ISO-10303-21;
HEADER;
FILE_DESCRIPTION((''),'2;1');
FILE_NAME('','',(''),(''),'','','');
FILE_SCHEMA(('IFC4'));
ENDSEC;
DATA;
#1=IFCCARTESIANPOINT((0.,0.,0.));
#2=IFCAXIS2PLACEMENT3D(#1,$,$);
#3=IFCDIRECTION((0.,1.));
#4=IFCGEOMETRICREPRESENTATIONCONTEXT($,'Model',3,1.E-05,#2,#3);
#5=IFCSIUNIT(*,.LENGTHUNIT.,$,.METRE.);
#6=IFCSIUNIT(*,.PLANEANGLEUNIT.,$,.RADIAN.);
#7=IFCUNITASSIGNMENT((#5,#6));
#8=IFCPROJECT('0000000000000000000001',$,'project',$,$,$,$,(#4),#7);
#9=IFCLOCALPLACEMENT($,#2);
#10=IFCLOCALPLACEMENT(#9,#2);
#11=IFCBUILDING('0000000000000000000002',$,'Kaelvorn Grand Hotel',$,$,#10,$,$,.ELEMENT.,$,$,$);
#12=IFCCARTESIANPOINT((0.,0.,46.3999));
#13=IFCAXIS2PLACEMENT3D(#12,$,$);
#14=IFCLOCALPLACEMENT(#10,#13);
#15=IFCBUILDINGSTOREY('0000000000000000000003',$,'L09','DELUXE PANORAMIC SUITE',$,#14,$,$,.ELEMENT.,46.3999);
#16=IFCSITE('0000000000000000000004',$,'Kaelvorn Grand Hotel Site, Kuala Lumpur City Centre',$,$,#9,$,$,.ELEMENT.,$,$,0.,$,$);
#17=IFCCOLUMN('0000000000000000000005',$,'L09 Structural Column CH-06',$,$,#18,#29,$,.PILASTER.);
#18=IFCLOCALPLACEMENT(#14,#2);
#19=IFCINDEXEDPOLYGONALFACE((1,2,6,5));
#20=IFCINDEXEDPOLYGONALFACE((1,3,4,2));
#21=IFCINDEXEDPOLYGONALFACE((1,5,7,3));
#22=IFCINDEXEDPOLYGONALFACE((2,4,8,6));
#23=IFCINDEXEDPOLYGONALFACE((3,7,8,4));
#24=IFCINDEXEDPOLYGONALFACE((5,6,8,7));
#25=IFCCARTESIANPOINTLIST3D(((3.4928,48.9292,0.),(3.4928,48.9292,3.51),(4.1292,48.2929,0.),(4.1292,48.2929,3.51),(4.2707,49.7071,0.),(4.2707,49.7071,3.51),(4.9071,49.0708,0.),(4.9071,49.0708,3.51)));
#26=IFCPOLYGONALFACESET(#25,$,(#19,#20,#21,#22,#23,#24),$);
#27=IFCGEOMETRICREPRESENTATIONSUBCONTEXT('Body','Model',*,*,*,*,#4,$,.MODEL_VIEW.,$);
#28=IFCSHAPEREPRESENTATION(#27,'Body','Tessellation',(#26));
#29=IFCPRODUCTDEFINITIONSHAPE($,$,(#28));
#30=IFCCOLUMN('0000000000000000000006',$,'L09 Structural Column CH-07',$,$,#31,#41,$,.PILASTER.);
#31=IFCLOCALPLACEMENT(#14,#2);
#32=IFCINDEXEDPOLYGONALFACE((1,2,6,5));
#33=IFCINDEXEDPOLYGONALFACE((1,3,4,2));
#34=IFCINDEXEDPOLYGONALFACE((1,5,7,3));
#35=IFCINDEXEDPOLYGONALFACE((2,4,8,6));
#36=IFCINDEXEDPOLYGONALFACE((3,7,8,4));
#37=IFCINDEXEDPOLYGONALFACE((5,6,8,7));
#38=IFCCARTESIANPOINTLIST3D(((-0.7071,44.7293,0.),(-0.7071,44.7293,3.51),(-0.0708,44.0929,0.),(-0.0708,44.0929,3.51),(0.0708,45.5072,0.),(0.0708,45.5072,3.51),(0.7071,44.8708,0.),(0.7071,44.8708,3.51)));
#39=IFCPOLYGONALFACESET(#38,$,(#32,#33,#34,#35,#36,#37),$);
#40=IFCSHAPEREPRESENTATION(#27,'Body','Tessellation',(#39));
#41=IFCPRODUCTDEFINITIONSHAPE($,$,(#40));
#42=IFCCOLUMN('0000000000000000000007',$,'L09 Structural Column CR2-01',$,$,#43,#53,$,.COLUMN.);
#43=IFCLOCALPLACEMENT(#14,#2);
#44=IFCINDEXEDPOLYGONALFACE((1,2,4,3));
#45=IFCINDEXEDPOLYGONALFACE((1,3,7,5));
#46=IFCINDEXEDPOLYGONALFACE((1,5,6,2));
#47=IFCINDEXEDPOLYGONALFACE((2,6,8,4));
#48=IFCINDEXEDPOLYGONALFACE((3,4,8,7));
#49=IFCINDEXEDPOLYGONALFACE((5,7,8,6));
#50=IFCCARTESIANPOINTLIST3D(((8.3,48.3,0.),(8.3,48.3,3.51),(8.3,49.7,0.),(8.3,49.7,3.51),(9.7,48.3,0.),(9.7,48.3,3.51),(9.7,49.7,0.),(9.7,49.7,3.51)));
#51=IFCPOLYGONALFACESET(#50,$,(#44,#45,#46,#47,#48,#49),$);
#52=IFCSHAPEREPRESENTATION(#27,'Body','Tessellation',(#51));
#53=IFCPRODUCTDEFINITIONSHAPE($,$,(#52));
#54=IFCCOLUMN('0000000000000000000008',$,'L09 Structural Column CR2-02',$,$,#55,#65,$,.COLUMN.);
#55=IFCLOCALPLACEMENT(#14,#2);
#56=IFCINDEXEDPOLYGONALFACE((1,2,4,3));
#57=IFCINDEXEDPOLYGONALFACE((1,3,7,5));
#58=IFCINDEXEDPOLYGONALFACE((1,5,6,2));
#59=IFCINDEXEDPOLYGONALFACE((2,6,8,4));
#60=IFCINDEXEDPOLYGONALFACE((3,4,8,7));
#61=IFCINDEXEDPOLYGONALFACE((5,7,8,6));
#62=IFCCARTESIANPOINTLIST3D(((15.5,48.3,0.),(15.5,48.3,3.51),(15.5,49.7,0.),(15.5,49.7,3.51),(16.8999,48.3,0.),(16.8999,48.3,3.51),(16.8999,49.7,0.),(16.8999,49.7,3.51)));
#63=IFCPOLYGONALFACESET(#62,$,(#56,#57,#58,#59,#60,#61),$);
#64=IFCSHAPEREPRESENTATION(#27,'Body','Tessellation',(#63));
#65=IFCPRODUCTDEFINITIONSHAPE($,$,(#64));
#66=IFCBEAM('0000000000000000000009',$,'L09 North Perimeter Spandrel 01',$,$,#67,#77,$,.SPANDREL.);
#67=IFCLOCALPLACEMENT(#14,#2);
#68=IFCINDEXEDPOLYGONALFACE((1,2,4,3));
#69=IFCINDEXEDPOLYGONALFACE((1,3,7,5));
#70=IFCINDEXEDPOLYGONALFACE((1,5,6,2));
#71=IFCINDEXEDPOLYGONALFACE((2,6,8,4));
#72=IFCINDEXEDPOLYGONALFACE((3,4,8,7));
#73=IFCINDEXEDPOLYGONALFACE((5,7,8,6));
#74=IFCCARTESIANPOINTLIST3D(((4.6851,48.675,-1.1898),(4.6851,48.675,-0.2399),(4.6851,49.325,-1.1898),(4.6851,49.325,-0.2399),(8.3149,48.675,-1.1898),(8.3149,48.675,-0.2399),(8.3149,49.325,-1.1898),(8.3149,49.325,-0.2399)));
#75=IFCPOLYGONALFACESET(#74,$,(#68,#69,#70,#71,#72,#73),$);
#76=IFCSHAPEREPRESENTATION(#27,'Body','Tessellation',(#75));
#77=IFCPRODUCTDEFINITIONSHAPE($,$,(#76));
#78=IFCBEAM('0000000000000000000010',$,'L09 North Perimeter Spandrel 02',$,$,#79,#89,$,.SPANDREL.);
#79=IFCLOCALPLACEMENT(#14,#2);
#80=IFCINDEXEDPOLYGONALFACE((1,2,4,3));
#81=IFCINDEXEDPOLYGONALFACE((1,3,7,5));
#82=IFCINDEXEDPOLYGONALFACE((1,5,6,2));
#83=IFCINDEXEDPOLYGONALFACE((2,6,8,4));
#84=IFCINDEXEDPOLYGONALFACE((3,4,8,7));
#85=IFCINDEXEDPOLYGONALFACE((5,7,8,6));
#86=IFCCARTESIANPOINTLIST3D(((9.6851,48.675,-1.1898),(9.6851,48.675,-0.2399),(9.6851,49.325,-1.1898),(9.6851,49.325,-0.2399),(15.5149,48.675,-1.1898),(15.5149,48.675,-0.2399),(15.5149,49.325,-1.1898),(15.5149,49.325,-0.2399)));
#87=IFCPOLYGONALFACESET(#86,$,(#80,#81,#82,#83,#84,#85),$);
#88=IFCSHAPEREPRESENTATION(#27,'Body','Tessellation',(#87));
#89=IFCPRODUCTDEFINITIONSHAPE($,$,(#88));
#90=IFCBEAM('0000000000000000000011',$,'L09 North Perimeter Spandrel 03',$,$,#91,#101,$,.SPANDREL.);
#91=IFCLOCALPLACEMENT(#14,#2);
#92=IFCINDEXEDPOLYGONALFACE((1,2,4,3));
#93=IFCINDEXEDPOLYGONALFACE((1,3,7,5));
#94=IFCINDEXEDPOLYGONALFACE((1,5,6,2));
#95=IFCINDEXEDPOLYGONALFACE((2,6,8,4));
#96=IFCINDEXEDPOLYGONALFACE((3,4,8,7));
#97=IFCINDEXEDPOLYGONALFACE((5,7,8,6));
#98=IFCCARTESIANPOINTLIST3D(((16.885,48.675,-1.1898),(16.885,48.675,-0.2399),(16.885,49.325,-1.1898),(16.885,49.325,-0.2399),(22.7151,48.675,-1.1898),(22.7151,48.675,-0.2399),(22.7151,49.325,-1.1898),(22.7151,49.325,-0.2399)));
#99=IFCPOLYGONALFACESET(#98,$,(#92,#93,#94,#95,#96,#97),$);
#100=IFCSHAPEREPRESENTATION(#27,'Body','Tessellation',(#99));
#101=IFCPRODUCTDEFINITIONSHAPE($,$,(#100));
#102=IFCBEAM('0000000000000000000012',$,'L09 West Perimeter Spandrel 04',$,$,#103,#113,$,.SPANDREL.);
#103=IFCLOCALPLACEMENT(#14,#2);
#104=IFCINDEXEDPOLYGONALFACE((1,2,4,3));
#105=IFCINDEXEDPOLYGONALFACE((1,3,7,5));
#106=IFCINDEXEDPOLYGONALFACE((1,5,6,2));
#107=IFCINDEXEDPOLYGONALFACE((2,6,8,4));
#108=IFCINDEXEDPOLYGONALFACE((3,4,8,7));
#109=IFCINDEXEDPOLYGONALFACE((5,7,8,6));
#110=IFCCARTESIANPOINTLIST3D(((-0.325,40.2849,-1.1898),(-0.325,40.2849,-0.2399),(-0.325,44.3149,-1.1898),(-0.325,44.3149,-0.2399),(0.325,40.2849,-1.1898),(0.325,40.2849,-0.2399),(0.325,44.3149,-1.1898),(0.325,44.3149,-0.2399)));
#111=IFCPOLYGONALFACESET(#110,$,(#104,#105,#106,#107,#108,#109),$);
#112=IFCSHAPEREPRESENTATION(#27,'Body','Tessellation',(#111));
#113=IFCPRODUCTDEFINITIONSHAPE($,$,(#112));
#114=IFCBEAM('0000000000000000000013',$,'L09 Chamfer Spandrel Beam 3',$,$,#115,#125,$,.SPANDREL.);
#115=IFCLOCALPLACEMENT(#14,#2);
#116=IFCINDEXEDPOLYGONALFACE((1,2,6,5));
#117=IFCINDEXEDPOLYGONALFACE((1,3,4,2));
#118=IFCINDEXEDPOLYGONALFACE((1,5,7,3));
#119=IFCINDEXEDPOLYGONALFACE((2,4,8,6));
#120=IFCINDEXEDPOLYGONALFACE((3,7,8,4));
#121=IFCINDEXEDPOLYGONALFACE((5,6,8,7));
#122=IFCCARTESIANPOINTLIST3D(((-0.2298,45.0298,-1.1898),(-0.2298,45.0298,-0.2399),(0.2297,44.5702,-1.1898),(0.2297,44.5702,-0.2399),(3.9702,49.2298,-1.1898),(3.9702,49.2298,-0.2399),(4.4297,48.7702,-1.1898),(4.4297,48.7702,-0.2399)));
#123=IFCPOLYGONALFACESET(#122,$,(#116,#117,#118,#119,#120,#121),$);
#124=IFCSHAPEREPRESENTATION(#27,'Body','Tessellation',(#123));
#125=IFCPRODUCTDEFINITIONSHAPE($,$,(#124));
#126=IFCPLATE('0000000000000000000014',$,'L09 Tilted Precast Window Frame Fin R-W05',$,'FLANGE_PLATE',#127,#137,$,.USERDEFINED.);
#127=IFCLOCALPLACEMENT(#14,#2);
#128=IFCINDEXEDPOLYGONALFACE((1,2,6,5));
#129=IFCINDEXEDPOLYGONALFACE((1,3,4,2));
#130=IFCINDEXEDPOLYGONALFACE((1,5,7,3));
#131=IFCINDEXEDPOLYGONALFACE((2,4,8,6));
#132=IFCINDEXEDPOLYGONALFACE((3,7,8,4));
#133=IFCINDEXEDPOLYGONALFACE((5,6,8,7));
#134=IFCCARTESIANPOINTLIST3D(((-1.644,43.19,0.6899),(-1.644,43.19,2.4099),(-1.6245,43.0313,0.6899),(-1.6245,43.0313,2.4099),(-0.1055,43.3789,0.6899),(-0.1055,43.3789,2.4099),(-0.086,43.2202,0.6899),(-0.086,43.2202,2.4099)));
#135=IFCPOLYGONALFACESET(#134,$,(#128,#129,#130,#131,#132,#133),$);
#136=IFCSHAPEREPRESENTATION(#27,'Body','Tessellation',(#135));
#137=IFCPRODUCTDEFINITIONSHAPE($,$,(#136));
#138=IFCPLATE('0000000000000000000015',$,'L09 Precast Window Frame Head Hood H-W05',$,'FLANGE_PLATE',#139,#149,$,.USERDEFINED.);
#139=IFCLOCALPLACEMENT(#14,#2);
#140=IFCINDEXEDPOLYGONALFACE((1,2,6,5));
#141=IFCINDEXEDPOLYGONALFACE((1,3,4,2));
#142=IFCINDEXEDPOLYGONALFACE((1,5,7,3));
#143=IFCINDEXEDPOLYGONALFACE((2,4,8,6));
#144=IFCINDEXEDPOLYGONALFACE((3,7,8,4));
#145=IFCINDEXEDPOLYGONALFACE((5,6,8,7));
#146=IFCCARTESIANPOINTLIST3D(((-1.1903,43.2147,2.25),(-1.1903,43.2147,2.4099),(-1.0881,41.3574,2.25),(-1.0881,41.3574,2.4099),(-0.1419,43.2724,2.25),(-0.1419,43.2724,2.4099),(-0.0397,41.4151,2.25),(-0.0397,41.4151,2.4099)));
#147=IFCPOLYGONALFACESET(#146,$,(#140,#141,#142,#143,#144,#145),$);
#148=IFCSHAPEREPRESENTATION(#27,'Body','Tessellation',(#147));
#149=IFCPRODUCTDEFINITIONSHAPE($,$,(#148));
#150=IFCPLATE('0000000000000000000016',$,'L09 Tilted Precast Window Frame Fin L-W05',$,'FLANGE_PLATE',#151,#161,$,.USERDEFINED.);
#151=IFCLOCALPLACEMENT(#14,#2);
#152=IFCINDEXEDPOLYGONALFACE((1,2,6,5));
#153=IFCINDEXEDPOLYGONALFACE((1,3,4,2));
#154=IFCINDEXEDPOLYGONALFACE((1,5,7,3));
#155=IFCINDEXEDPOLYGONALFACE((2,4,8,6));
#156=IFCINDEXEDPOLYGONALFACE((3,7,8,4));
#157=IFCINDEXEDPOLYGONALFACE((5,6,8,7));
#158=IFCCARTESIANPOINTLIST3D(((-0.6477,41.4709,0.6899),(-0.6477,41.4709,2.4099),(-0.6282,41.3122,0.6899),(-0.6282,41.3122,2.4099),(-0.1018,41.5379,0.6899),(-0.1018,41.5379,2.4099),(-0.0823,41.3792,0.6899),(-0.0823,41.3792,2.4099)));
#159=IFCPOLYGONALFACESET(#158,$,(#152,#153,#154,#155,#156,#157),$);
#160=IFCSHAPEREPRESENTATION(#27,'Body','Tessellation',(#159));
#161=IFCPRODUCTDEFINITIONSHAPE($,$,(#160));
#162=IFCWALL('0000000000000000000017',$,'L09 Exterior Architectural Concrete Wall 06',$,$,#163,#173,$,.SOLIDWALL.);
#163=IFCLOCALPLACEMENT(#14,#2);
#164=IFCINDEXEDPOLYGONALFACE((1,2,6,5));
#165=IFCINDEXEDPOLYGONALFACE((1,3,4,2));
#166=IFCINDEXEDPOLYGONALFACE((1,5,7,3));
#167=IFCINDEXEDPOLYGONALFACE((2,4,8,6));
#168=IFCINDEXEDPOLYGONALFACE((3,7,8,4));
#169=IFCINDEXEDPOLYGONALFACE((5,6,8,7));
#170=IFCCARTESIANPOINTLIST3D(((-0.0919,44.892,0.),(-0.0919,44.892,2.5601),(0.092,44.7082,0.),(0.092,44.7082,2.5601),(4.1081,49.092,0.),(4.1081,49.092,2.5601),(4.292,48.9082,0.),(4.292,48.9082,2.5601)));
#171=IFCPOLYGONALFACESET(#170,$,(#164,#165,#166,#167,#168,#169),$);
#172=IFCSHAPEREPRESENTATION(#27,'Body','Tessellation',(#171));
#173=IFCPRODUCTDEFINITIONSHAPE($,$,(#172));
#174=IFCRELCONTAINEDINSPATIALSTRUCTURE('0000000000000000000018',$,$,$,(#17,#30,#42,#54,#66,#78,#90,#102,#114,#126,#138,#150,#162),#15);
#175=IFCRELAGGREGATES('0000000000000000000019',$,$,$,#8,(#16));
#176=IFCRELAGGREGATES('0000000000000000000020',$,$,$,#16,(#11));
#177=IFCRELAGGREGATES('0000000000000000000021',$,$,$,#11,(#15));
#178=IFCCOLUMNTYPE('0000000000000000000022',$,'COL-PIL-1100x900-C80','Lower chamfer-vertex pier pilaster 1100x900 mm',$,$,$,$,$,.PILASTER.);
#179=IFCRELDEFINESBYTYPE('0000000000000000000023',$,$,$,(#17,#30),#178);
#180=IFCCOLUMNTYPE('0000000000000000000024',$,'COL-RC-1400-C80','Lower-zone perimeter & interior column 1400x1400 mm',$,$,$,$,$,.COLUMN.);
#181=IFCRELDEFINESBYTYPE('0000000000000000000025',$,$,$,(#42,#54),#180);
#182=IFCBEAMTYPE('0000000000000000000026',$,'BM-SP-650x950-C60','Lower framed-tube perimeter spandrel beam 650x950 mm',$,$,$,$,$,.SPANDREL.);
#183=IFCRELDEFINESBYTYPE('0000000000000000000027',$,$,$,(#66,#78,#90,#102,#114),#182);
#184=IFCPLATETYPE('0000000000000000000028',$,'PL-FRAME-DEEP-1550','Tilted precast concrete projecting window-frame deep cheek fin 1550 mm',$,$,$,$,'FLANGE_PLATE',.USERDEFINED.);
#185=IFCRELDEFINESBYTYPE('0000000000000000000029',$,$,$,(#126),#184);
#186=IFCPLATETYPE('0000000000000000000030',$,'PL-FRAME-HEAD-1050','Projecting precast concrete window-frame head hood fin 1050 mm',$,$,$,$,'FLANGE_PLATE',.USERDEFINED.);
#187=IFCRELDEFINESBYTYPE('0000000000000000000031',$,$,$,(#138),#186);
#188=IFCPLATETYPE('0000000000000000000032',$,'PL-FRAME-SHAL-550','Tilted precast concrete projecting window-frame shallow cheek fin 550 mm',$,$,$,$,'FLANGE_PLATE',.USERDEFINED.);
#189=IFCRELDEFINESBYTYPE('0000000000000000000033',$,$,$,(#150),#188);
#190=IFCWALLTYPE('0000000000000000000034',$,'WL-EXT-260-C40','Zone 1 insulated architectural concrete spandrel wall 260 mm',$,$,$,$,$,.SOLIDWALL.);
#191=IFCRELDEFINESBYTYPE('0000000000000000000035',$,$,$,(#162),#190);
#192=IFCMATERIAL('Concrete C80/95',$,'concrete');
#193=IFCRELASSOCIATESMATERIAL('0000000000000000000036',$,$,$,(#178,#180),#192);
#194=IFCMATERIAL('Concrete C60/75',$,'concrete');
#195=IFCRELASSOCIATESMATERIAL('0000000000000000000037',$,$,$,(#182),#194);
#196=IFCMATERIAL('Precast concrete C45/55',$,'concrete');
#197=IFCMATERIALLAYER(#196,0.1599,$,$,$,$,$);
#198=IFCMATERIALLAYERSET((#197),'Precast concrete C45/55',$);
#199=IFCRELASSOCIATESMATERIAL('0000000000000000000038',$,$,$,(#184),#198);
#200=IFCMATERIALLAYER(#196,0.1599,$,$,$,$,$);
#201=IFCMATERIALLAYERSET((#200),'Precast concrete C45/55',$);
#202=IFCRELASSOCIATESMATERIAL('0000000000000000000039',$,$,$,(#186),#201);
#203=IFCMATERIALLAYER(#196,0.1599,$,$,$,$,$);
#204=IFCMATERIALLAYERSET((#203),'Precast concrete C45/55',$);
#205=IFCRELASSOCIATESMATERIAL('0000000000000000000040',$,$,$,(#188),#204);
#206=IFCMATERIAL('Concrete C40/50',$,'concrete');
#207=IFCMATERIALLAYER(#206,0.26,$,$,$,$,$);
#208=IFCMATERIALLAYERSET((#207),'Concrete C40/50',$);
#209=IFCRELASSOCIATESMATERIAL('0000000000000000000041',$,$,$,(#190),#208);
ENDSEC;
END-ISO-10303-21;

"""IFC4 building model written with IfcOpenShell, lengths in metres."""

from ifc_helpers import new_model, si_unit, direction, frame, frame_2d, origin, origin_2d, place, context, subcontext, project, spatial, rectangle, extrude, material, layer, layer_set, material_profile, profile_set, type_object, element, save


model = new_model("IFC4")

# Units and contexts
model_context = context("Model", 3, precision=1e-05, world=origin(), true_north=direction((0.0, 1.0)))
body_context = subcontext(model_context, "Body", "Model", "MODEL_VIEW")
ifc_project = project(units=[si_unit("LENGTHUNIT", "METRE"), si_unit("PLANEANGLEUNIT", "RADIAN")], contexts=[model_context])

# Site, building, storey
site_placement = place(None, origin())
site = spatial("IfcSite", under=ifc_project, at=site_placement, Name="Kaelvorn Grand Hotel Site, Kuala Lumpur City Centre", CompositionType="ELEMENT", RefElevation=0.0)
building_placement = place(site_placement, origin())
building = spatial("IfcBuilding", under=site, at=building_placement, Name="Kaelvorn Grand Hotel", CompositionType="ELEMENT")
storey_placement = place(building_placement, frame((0.0, 0.0, 46.3999)))
storey = spatial("IfcBuildingStorey", under=building, at=storey_placement, Name="L09", Description="DELUXE PANORAMIC SUITE", CompositionType="ELEMENT", Elevation=46.3999)

# Columns
ifc_material_1 = material(Name="Concrete C80/95", Category="concrete")
ifc_material_profile_1 = material_profile(ifc_material_1, rectangle(XDim=1.1001, YDim=0.8999, at=origin_2d()), Name="RC PILASTER 1100x900")
ifc_profile_set_1 = profile_set([ifc_material_profile_1], Name="Concrete C80/95")
column_type_1 = type_object("IfcColumnType", Name="COL-PIL-1100x900-C80", Description="Lower chamfer-vertex pier pilaster 1100x900 mm", PredefinedType="PILASTER", material=ifc_profile_set_1)
for number, where, z_axis, x_axis, name in (
    (1, (4.2, 49.0, 0.0), (0.0, 0.0, 1.0), (0.707107, 0.707107, 0.0), "L09 Structural Column CH-06"),
    (2, (0.0, 44.8, 0.0), (0.0, 0.0, 1.0), (0.707107, 0.707107, 0.0), "L09 Structural Column CH-07"),
):
    element("IfcColumn", number, at=place(storey_placement, frame(where, z_axis=z_axis, x_axis=x_axis)), inside=storey, type_object=column_type_1, Name=name, PredefinedType="PILASTER", context=body_context, shape_type="SweptSolid", body=[
        extrude(rectangle(XDim=1.1001, YDim=0.8999, at=origin_2d()), origin(), (0.0, 0.0, 1.0), 3.51),
    ])
ifc_material_profile_2 = material_profile(ifc_material_1, rectangle(XDim=1.3999, YDim=1.3999, at=origin_2d()), Name="RC COL 1400x1400")
ifc_profile_set_2 = profile_set([ifc_material_profile_2], Name="Concrete C80/95")
column_type_2 = type_object("IfcColumnType", Name="COL-RC-1400-C80", Description="Lower-zone perimeter & interior column 1400x1400 mm", PredefinedType="COLUMN", material=ifc_profile_set_2)
for number, where, z_axis, x_axis, name in (
    (3, (9.0, 49.0, 0.0), (0.0, 0.0, 1.0), (1.0, 0.0, 0.0), "L09 Structural Column CR2-01"),
    (4, (16.2, 49.0, 0.0), (0.0, 0.0, 1.0), (1.0, 0.0, 0.0), "L09 Structural Column CR2-02"),
):
    element("IfcColumn", number, at=place(storey_placement, frame(where, z_axis=z_axis, x_axis=x_axis)), inside=storey, type_object=column_type_2, Name=name, PredefinedType="COLUMN", context=body_context, shape_type="SweptSolid", body=[
        extrude(rectangle(XDim=1.3999, YDim=1.3999, at=origin_2d()), origin(), (0.0, 0.0, 1.0), 3.51),
    ])

# Beams
ifc_material_2 = material(Name="Concrete C60/75", Category="concrete")
ifc_material_profile_3 = material_profile(ifc_material_2, rectangle(XDim=0.6499, YDim=0.95, at=origin_2d()), Name="RC SPANDREL 650x950")
ifc_profile_set_3 = profile_set([ifc_material_profile_3], Name="Concrete C60/75")
beam_type = type_object("IfcBeamType", Name="BM-SP-650x950-C60", Description="Lower framed-tube perimeter spandrel beam 650x950 mm", PredefinedType="SPANDREL", material=ifc_profile_set_3)
beam_1_placement = place(storey_placement, frame((4.6851, 49.0, -0.7148), z_axis=(1.0, 0.0, 0.0), x_axis=(0.0, 1.0, 0.0)))
element("IfcBeam", 5, at=beam_1_placement, inside=storey, type_object=beam_type, Name="L09 North Perimeter Spandrel 01", PredefinedType="SPANDREL", context=body_context, shape_type="SweptSolid", body=[
    extrude(rectangle(XDim=0.6499, YDim=0.95, at=origin_2d()), origin(), (0.0, 0.0, 1.0), 3.6299),
])
beam_2_placement = place(storey_placement, frame((9.6851, 49.0, -0.7148), z_axis=(1.0, 0.0, 0.0), x_axis=(0.0, 1.0, 0.0)))
element("IfcBeam", 6, at=beam_2_placement, inside=storey, type_object=beam_type, Name="L09 North Perimeter Spandrel 02", PredefinedType="SPANDREL", context=body_context, shape_type="SweptSolid", body=[
    extrude(rectangle(XDim=0.6499, YDim=0.95, at=origin_2d()), origin(), (0.0, 0.0, 1.0), 5.8298),
])
beam_3_placement = place(storey_placement, frame((16.885, 49.0, -0.7148), z_axis=(1.0, 0.0, 0.0), x_axis=(0.0, 1.0, 0.0)))
element("IfcBeam", 7, at=beam_3_placement, inside=storey, type_object=beam_type, Name="L09 North Perimeter Spandrel 03", PredefinedType="SPANDREL", context=body_context, shape_type="SweptSolid", body=[
    extrude(rectangle(XDim=0.6499, YDim=0.95, at=origin_2d()), origin(), (0.0, 0.0, 1.0), 5.8301),
])
beam_4_placement = place(storey_placement, frame((0.0, 40.2849, -0.7148), z_axis=(0.0, 1.0, 0.0), x_axis=(-1.0, 0.0, 0.0)))
element("IfcBeam", 8, at=beam_4_placement, inside=storey, type_object=beam_type, Name="L09 West Perimeter Spandrel 04", PredefinedType="SPANDREL", context=body_context, shape_type="SweptSolid", body=[
    extrude(rectangle(XDim=0.6499, YDim=0.95, at=origin_2d()), origin(), (0.0, 0.0, 1.0), 4.03),
])
beam_5_placement = place(storey_placement, frame((4.2, 49.0, -0.7148), z_axis=(-0.707107, -0.707107, 0.0), x_axis=(0.707107, -0.707107, 0.0)))
element("IfcBeam", 9, at=beam_5_placement, inside=storey, type_object=beam_type, Name="L09 Chamfer Spandrel Beam 3", PredefinedType="SPANDREL", context=body_context, shape_type="SweptSolid", body=[
    extrude(rectangle(XDim=0.6499, YDim=0.95, at=origin_2d()), origin(), (0.0, 0.0, 1.0), 5.9397),
])

# Plates
ifc_material_3 = material(Name="Precast concrete C45/55", Category="concrete")
ifc_layer_1 = layer(ifc_material_3, 0.1599)
ifc_layer_set_1 = layer_set([ifc_layer_1], Name="Precast concrete C45/55")
plate_type_1 = type_object("IfcPlateType", Name="PL-FRAME-DEEP-1550", Description="Tilted precast concrete projecting window-frame deep cheek fin 1550 mm", ElementType="FLANGE_PLATE", PredefinedType="USERDEFINED", material=ifc_layer_set_1)
plate_1_placement = place(storey_placement, frame((-0.865, 43.2051, 0.6899), z_axis=(0.0, 0.0, 1.0), x_axis=(-0.121869, 0.992546, 0.0)))
element("IfcPlate", 10, at=plate_1_placement, inside=storey, type_object=plate_type_1, Name="L09 Tilted Precast Window Frame Fin R-W05", ObjectType="FLANGE_PLATE", PredefinedType="USERDEFINED", context=body_context, shape_type="SweptSolid", body=[
    extrude(rectangle(XDim=0.1599, YDim=1.55, at=origin_2d()), origin(), (0.0, 0.0, 1.0), 1.72),
])
ifc_layer_2 = layer(ifc_material_3, 0.1599)
ifc_layer_set_2 = layer_set([ifc_layer_2], Name="Precast concrete C45/55")
plate_type_2 = type_object("IfcPlateType", Name="PL-FRAME-HEAD-1050", Description="Projecting precast concrete window-frame head hood fin 1050 mm", ElementType="FLANGE_PLATE", PredefinedType="USERDEFINED", material=ifc_layer_set_2)
plate_2_placement = place(storey_placement, frame((-0.615, 42.3149, 2.25), z_axis=(0.0, 0.0, 1.0), x_axis=(-0.05495, 0.998489, 0.0)))
element("IfcPlate", 11, at=plate_2_placement, inside=storey, type_object=plate_type_2, Name="L09 Precast Window Frame Head Hood H-W05", ObjectType="FLANGE_PLATE", PredefinedType="USERDEFINED", context=body_context, shape_type="SweptSolid", body=[
    extrude(rectangle(XDim=1.8601, YDim=1.05, at=origin_2d()), origin(), (0.0, 0.0, 1.0), 0.1599),
])
ifc_layer_3 = layer(ifc_material_3, 0.1599)
ifc_layer_set_3 = layer_set([ifc_layer_3], Name="Precast concrete C45/55")
plate_type_3 = type_object("IfcPlateType", Name="PL-FRAME-SHAL-550", Description="Tilted precast concrete projecting window-frame shallow cheek fin 550 mm", ElementType="FLANGE_PLATE", PredefinedType="USERDEFINED", material=ifc_layer_set_3)
plate_3_placement = place(storey_placement, frame((-0.365, 41.425, 0.6899), z_axis=(0.0, 0.0, 1.0), x_axis=(-0.121869, 0.992546, 0.0)))
element("IfcPlate", 12, at=plate_3_placement, inside=storey, type_object=plate_type_3, Name="L09 Tilted Precast Window Frame Fin L-W05", ObjectType="FLANGE_PLATE", PredefinedType="USERDEFINED", context=body_context, shape_type="SweptSolid", body=[
    extrude(rectangle(XDim=0.1599, YDim=0.55, at=origin_2d()), origin(), (0.0, 0.0, 1.0), 1.72),
])

# Wall
ifc_material_4 = material(Name="Concrete C40/50", Category="concrete")
ifc_layer_4 = layer(ifc_material_4, 0.26)
ifc_layer_set_4 = layer_set([ifc_layer_4], Name="Concrete C40/50")
wall_type_1 = type_object("IfcWallType", Name="WL-EXT-260-C40", Description="Zone 1 insulated architectural concrete spandrel wall 260 mm", PredefinedType="SOLIDWALL", material=ifc_layer_set_4)
wall_1_placement = place(storey_placement, frame((4.2, 49.0, 0.0), z_axis=(0.0, 0.0, 1.0), x_axis=(-0.707107, -0.707107, 0.0)))
element("IfcWall", 13, at=wall_1_placement, inside=storey, type_object=wall_type_1, Name="L09 Exterior Architectural Concrete Wall 06", PredefinedType="SOLIDWALL", context=body_context, shape_type="SweptSolid", body=[
    extrude(rectangle(XDim=5.9397, YDim=0.26, at=frame_2d((2.9697, 0.0))), origin(), (0.0, 0.0, 1.0), 2.5601),
])

save(model, "model.ifc")
